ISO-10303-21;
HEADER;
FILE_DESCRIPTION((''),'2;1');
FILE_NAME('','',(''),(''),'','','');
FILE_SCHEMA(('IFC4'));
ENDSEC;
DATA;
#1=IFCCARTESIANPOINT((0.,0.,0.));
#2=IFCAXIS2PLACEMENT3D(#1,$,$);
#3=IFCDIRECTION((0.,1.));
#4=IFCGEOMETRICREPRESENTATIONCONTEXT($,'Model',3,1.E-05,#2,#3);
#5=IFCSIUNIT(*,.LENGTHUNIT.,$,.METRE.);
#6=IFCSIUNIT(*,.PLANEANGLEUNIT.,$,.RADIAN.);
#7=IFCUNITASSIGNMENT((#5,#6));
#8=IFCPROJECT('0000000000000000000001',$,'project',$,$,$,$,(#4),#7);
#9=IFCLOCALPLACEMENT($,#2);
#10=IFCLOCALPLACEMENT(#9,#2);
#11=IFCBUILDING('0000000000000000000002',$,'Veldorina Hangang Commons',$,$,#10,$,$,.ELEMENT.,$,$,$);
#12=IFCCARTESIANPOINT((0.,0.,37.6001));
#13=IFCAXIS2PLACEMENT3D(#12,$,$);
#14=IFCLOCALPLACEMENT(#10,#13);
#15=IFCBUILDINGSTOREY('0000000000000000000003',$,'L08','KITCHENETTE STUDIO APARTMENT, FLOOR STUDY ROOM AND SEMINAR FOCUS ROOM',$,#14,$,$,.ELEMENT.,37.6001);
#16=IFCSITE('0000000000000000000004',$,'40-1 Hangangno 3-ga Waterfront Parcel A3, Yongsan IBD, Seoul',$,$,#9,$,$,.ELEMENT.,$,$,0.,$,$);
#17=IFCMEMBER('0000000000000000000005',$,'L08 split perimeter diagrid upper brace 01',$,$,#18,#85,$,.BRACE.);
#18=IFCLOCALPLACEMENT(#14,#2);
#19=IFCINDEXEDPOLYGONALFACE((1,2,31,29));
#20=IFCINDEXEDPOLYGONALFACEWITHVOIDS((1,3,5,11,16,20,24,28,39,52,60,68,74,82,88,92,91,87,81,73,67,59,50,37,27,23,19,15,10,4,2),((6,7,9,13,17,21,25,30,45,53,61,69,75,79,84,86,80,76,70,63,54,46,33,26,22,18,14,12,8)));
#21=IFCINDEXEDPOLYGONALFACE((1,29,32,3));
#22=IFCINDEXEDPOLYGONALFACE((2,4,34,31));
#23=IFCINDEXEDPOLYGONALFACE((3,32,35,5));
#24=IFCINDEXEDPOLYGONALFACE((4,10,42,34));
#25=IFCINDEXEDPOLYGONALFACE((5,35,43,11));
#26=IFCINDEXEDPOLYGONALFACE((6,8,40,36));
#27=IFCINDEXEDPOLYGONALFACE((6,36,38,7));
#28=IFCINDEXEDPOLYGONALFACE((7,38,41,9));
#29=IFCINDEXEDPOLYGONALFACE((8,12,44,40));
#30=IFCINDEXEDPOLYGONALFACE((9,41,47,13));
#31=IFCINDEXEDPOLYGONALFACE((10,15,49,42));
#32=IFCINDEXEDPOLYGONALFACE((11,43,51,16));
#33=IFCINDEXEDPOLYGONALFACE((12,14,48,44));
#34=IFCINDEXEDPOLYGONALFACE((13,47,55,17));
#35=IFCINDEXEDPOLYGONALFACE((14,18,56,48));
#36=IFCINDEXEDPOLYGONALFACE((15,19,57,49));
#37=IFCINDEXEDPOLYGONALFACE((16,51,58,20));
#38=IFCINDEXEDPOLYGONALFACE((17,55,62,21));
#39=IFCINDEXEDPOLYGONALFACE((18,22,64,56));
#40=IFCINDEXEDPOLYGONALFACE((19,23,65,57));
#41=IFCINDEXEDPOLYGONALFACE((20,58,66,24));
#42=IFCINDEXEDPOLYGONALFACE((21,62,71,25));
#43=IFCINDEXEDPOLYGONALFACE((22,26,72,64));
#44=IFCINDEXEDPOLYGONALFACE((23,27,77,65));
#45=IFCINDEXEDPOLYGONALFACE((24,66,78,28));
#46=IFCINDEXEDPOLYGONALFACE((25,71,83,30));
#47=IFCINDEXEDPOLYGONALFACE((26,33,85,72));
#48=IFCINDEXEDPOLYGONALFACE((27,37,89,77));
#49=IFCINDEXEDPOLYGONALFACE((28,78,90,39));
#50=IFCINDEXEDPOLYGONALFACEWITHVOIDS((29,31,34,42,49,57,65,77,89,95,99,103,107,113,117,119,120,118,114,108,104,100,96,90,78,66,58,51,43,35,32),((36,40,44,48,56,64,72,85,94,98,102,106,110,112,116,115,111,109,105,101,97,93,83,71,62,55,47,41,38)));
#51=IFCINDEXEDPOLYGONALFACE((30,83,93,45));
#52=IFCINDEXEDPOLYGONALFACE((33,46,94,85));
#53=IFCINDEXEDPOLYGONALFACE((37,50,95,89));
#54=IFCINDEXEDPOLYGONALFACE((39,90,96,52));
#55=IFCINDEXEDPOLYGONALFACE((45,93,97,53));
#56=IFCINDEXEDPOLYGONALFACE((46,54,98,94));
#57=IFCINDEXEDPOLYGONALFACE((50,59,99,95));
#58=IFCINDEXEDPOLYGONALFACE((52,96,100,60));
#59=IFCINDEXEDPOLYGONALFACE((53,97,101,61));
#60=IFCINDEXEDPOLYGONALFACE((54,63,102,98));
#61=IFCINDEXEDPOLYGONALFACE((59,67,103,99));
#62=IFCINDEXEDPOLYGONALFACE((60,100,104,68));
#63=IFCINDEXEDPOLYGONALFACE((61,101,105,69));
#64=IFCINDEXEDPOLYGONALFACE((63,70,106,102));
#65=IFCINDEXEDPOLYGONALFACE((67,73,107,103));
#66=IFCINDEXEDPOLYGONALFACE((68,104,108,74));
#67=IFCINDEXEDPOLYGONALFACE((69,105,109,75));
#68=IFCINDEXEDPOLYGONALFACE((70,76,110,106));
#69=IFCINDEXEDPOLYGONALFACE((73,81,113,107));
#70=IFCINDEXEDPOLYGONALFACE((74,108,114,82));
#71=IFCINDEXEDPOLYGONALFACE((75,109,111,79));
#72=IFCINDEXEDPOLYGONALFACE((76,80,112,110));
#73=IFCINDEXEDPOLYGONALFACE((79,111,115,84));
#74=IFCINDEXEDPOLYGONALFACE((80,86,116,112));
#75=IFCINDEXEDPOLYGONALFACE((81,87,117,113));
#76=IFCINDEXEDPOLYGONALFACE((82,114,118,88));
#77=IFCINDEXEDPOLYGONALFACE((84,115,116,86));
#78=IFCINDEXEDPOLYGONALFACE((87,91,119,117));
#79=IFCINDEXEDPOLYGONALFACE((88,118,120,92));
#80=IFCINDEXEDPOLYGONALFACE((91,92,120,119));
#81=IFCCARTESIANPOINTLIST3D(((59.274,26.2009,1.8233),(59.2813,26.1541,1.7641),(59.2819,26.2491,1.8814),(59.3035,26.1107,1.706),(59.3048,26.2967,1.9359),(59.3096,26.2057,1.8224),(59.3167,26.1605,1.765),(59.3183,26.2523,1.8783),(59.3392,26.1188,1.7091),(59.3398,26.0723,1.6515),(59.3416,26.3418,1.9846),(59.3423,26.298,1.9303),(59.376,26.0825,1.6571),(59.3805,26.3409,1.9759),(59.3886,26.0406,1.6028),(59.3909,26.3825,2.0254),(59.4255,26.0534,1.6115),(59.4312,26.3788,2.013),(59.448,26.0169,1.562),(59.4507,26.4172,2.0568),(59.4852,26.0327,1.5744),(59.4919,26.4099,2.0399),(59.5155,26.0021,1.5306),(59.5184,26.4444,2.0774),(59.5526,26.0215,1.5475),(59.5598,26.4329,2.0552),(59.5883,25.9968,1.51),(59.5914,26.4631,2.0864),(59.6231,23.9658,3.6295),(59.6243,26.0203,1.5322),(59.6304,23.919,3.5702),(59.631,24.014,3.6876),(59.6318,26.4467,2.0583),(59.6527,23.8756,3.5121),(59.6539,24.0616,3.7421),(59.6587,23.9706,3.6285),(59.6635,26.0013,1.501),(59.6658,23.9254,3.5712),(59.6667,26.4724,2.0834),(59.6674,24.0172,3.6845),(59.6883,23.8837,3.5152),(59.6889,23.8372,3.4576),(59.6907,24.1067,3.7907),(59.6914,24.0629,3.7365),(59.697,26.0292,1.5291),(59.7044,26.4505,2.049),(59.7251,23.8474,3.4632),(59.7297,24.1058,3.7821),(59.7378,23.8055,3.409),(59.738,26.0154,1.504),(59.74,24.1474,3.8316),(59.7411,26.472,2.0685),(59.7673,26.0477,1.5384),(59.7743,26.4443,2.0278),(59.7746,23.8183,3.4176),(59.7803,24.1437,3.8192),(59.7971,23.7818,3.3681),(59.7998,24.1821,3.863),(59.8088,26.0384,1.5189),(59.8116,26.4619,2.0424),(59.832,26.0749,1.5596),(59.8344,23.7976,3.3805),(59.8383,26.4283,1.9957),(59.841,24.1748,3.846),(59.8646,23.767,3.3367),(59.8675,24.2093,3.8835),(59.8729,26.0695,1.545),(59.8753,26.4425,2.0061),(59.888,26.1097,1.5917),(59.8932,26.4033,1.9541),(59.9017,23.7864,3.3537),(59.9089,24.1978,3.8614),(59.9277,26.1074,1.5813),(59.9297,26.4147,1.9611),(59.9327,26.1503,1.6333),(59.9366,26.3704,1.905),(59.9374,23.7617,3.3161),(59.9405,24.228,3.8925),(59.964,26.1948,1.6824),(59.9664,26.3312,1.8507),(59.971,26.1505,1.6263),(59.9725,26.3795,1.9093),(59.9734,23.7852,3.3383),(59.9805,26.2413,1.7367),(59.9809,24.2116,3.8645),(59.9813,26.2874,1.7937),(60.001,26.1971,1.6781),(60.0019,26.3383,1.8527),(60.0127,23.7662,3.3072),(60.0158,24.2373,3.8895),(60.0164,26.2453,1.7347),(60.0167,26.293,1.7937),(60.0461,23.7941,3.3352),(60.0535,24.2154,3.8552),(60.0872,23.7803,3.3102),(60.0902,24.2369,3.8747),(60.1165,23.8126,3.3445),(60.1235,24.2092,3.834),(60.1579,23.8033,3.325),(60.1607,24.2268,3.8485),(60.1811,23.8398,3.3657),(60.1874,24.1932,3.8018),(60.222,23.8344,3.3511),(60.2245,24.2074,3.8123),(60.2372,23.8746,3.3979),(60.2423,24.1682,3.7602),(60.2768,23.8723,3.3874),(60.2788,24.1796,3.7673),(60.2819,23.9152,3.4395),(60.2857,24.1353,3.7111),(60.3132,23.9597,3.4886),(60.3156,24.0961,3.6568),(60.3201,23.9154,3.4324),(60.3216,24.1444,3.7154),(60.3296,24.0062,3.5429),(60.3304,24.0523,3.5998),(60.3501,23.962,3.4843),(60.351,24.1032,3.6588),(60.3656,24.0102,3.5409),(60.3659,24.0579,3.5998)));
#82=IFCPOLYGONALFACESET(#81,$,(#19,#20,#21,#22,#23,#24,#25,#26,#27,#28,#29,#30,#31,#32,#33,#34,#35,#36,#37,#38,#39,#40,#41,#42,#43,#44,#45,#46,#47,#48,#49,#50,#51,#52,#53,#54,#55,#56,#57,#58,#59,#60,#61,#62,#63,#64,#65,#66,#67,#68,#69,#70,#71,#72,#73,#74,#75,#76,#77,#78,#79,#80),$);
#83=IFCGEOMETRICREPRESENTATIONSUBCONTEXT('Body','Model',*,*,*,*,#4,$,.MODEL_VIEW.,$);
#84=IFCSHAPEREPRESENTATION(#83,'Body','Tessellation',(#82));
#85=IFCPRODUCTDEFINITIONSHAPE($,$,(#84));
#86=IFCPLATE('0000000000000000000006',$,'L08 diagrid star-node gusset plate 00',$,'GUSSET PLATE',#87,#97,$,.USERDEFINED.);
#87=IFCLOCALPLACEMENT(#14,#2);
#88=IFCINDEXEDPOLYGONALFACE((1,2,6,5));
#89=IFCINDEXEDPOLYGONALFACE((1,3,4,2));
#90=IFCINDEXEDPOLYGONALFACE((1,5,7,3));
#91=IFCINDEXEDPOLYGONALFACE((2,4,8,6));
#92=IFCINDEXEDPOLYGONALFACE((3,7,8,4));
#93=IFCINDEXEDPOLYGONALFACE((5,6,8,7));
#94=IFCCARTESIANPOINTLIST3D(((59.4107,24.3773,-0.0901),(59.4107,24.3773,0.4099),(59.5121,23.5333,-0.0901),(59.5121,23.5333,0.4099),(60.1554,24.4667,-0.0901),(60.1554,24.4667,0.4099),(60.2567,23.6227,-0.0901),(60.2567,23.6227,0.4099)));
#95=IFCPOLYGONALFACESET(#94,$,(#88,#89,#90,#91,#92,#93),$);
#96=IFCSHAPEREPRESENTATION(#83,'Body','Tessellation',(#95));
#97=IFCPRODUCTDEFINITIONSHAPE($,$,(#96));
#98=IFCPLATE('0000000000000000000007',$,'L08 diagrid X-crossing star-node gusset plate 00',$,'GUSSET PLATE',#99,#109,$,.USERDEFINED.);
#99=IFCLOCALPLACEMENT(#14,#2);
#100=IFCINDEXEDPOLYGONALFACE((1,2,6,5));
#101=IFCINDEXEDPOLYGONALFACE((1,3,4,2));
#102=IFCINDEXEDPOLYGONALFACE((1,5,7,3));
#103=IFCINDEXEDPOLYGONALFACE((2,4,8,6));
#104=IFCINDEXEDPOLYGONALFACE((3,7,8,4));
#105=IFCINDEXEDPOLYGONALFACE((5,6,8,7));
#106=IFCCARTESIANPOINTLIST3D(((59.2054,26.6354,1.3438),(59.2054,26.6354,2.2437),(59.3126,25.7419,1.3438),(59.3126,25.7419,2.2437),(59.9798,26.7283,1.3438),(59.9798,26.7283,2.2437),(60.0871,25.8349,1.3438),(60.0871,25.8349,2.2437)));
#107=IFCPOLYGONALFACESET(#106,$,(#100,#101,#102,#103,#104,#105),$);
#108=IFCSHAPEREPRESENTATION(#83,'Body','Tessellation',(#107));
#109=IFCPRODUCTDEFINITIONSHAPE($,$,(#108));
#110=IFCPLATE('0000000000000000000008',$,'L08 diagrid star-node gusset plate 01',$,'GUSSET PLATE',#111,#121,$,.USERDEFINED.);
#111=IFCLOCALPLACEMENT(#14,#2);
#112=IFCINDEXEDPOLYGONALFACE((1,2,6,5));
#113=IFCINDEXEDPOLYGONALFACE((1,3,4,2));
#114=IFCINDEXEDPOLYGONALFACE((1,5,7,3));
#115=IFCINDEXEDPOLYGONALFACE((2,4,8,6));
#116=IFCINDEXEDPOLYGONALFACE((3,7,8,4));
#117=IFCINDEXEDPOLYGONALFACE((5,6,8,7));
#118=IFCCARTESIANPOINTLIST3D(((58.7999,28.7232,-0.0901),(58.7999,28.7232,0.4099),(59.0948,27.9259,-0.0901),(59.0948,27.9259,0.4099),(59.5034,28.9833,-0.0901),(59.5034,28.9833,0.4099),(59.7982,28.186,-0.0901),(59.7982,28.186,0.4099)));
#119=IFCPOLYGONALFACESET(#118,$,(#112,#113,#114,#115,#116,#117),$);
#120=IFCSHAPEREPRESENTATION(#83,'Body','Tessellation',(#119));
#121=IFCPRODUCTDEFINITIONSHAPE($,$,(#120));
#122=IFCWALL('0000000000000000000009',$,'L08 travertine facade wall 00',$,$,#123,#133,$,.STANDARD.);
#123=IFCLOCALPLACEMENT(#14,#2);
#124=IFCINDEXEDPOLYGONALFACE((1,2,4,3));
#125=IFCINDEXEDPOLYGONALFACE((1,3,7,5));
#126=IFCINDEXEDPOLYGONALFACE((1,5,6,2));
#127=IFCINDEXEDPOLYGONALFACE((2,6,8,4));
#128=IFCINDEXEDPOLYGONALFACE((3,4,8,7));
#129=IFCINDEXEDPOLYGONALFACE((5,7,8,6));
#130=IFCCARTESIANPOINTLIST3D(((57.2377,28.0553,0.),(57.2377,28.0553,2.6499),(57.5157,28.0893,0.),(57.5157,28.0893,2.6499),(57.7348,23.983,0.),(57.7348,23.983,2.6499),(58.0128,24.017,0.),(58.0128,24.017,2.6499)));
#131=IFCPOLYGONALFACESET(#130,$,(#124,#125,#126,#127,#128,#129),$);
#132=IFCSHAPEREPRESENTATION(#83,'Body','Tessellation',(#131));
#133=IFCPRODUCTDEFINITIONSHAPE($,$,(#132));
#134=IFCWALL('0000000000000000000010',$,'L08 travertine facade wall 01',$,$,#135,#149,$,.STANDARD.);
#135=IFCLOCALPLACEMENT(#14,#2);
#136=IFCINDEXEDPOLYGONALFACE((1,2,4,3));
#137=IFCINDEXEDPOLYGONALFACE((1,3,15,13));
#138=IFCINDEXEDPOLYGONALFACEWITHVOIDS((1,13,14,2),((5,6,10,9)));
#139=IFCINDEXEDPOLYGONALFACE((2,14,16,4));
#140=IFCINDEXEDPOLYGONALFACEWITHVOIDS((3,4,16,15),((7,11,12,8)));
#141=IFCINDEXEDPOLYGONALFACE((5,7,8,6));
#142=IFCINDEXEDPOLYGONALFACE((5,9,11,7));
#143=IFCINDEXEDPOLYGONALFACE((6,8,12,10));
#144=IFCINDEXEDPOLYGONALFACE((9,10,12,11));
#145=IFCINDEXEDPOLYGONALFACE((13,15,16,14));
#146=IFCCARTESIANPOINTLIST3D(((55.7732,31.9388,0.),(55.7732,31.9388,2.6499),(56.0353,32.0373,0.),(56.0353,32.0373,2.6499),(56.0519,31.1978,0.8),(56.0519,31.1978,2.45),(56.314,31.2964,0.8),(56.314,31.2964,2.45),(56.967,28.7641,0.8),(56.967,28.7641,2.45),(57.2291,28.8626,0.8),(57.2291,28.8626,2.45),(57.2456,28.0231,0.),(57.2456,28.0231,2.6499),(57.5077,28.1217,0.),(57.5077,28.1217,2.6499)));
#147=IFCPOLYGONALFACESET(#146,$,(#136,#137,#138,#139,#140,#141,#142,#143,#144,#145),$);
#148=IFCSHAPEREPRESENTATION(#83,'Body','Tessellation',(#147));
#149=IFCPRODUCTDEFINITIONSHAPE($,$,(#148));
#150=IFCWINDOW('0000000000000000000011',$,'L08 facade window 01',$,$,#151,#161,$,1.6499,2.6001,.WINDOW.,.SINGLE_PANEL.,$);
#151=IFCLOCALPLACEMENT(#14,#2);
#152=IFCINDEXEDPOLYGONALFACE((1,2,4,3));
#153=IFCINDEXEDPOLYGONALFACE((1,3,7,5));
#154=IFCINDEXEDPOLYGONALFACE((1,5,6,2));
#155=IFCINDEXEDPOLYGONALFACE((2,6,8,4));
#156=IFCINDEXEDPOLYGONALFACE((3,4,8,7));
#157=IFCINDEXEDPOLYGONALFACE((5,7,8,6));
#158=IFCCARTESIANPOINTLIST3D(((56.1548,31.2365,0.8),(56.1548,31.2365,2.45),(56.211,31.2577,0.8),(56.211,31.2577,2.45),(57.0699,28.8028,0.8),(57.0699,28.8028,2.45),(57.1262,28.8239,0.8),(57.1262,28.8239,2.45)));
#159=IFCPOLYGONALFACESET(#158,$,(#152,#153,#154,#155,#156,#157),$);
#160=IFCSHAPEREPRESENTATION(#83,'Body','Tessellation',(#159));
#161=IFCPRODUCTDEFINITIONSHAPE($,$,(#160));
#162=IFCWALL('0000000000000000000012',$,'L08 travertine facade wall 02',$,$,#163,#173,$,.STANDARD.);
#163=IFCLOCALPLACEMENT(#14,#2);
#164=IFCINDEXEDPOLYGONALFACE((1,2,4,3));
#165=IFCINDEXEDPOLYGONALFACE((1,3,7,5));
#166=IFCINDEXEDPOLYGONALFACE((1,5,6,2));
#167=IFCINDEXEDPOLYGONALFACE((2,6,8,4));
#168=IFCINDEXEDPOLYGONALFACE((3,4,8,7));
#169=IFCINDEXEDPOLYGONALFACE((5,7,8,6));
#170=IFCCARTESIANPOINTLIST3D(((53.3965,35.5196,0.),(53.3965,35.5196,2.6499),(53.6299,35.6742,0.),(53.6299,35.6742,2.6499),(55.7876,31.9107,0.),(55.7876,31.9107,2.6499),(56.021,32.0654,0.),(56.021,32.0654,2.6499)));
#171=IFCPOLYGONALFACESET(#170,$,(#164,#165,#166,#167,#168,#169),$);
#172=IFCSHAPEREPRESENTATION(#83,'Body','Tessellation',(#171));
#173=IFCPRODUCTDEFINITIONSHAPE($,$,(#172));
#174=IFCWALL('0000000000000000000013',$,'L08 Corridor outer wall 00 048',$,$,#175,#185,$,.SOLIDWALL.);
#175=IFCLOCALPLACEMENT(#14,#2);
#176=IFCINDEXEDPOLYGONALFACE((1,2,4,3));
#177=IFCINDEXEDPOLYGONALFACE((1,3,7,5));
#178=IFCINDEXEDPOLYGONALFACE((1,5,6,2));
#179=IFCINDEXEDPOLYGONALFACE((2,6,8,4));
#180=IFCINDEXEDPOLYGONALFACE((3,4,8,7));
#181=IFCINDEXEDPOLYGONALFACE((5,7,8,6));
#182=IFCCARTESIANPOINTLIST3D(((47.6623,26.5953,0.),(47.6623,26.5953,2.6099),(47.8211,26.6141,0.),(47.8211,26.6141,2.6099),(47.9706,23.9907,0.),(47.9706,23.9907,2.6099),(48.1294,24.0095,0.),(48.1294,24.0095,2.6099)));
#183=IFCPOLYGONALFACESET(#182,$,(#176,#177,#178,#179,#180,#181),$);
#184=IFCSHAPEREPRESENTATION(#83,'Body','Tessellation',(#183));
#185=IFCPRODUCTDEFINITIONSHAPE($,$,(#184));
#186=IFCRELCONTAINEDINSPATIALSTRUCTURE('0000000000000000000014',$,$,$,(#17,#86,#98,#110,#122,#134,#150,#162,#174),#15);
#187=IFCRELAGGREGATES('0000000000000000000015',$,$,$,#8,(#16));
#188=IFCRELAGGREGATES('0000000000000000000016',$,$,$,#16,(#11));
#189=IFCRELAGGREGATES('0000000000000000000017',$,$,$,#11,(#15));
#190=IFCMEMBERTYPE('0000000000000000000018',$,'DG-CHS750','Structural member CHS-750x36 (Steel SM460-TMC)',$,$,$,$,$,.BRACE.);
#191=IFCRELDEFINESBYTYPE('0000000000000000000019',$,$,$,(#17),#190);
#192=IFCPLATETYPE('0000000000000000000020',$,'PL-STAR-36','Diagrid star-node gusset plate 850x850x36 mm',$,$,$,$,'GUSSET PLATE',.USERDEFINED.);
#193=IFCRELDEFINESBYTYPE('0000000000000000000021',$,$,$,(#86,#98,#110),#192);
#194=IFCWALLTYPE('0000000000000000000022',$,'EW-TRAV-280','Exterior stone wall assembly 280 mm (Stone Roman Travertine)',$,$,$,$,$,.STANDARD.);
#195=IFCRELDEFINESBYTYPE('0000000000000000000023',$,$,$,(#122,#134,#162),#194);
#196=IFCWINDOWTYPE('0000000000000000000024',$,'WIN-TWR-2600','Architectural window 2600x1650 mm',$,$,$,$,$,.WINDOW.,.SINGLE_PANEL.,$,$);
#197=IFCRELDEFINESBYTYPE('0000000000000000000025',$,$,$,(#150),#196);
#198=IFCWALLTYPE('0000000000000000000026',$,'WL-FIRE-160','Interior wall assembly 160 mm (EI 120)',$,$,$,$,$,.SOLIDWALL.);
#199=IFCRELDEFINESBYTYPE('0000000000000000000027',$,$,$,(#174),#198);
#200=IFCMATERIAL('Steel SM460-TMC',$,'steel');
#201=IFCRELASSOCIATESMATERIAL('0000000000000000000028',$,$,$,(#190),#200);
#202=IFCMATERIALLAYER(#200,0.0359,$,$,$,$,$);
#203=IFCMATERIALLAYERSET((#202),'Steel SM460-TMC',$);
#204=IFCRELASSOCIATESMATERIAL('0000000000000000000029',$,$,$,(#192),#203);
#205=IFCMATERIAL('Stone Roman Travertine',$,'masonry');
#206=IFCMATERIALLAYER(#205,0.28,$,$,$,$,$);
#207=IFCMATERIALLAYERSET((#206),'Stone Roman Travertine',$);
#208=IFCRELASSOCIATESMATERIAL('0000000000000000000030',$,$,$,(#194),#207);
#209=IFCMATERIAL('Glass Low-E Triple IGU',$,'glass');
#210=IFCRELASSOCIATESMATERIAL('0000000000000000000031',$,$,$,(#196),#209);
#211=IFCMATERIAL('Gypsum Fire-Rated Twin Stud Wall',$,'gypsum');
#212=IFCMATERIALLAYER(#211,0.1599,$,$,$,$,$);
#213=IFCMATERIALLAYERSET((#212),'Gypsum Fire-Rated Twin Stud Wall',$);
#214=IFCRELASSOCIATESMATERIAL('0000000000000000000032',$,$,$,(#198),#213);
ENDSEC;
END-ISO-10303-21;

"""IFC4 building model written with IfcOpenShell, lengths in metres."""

from ifc_helpers import new_model, si_unit, direction, frame, frame_2d, origin, origin_2d, place, context, subcontext, project, spatial, rectangle, hollow_circle, extrude, material, layer, layer_set, material_profile, profile_set, type_object, element, fill, save


model = new_model("IFC4")

# Units and contexts
model_context = context("Model", 3, precision=1e-05, world=origin(), true_north=direction((0.0, 1.0)))
body_context = subcontext(model_context, "Body", "Model", "MODEL_VIEW")
ifc_project = project(units=[si_unit("LENGTHUNIT", "METRE"), si_unit("PLANEANGLEUNIT", "RADIAN")], contexts=[model_context])

# Site, building, storey
site_placement = place(None, origin())
site = spatial("IfcSite", under=ifc_project, at=site_placement, Name="40-1 Hangangno 3-ga Waterfront Parcel A3, Yongsan IBD, Seoul", CompositionType="ELEMENT", RefElevation=0.0)
building_placement = place(site_placement, origin())
building = spatial("IfcBuilding", under=site, at=building_placement, Name="Veldorina Hangang Commons", CompositionType="ELEMENT")
storey_placement = place(building_placement, frame((0.0, 0.0, 37.6001)))
storey = spatial("IfcBuildingStorey", under=building, at=storey_placement, Name="L08", Description="KITCHENETTE STUDIO APARTMENT, FLOOR STUDY ROOM AND SEMINAR FOCUS ROOM", CompositionType="ELEMENT", Elevation=37.6001)

# Shared definitions
ifc_material_1 = material(Name="Steel SM460-TMC", Category="steel")

# Member
ifc_material_profile_1 = material_profile(ifc_material_1, hollow_circle(Radius=0.375, WallThickness=0.0359, at=origin_2d()), Name="CHS-750x36")
ifc_profile_set_1 = profile_set([ifc_material_profile_1], Name="Steel SM460-TMC")
member_type = type_object("IfcMemberType", Name="DG-CHS750", Description="Structural member CHS-750x36 (Steel SM460-TMC)", PredefinedType="BRACE", material=ifc_profile_set_1)
member_1_placement = place(storey_placement, frame((59.6462, 26.2351, 1.7937), z_axis=(0.120603, -0.772115, 0.623933), x_axis=(0.98802, 0.154327, 0.0)))
element("IfcMember", 1, at=member_1_placement, inside=storey, type_object=member_type, Name="L08 split perimeter diagrid upper brace 01", PredefinedType="BRACE", context=body_context, shape_type="SweptSolid", body=[
    extrude(hollow_circle(Radius=0.375, WallThickness=0.0359, at=origin_2d()), origin(), (0.0, 0.0, 1.0), 2.8948),
])

# Plates
ifc_layer_1 = layer(ifc_material_1, 0.0359)
ifc_layer_set_1 = layer_set([ifc_layer_1], Name="Steel SM460-TMC")
plate_type = type_object("IfcPlateType", Name="PL-STAR-36", Description="Diagrid star-node gusset plate 850x850x36 mm", ElementType="GUSSET PLATE", PredefinedType="USERDEFINED", material=ifc_layer_set_1)
plate_1_placement = place(storey_placement, frame((59.8337, 24.0, -0.0901), z_axis=(0.0, 0.0, 1.0), x_axis=(-0.119201, 0.99287, 0.0)))
element("IfcPlate", 2, at=plate_1_placement, inside=storey, type_object=plate_type, Name="L08 diagrid star-node gusset plate 00", ObjectType="GUSSET PLATE", PredefinedType="USERDEFINED", context=body_context, shape_type="SweptSolid", body=[
    extrude(rectangle(XDim=0.8501, YDim=0.75, at=origin_2d()), origin(), (0.0, 0.0, 1.0), 0.5),
])
plate_2_placement = place(storey_placement, frame((59.6462, 26.2351, 1.3438), z_axis=(0.0, 0.0, 1.0), x_axis=(-0.119201, 0.99287, 0.0)))
element("IfcPlate", 3, at=plate_2_placement, inside=storey, type_object=plate_type, Name="L08 diagrid X-crossing star-node gusset plate 00", ObjectType="GUSSET PLATE", PredefinedType="USERDEFINED", context=body_context, shape_type="SweptSolid", body=[
    extrude(rectangle(XDim=0.8999, YDim=0.78, at=origin_2d()), origin(), (0.0, 0.0, 1.0), 0.8999),
])
plate_3_placement = place(storey_placement, frame((59.2991, 28.4546, -0.0901), z_axis=(0.0, 0.0, 1.0), x_axis=(-0.346821, 0.937931, 0.0)))
element("IfcPlate", 4, at=plate_3_placement, inside=storey, type_object=plate_type, Name="L08 diagrid star-node gusset plate 01", ObjectType="GUSSET PLATE", PredefinedType="USERDEFINED", context=body_context, shape_type="SweptSolid", body=[
    extrude(rectangle(XDim=0.8501, YDim=0.75, at=origin_2d()), origin(), (0.0, 0.0, 1.0), 0.5),
])

# Wall
ifc_material_2 = material(Name="Stone Roman Travertine", Category="masonry")
ifc_layer_2 = layer(ifc_material_2, 0.28)
ifc_layer_set_2 = layer_set([ifc_layer_2], Name="Stone Roman Travertine")
wall_type_1 = type_object("IfcWallType", Name="EW-TRAV-280", Description="Exterior stone wall assembly 280 mm (Stone Roman Travertine)", PredefinedType="STANDARD", material=ifc_layer_set_2)
wall_1_placement = place(storey_placement, frame((57.8738, 24.0, 0.0), z_axis=(0.0, 0.0, 1.0), x_axis=(-0.121163, 0.992633, 0.0)))
element("IfcWall", 5, at=wall_1_placement, inside=storey, type_object=wall_type_1, Name="L08 travertine facade wall 00", PredefinedType="STANDARD", context=body_context, shape_type="SweptSolid", body=[
    extrude(rectangle(XDim=4.1025, YDim=0.28, at=frame_2d((2.0513, 0.0))), origin(), (0.0, 0.0, 1.0), 2.6499),
])

# Wall, opening, window
wall_2_placement = place(storey_placement, frame((57.3767, 28.0723, 0.0), z_axis=(0.0, 0.0, 1.0), x_axis=(-0.351961, 0.936015, 0.0)))
wall_2 = element("IfcWall", 6, at=wall_2_placement, inside=storey, type_object=wall_type_1, Name="L08 travertine facade wall 01", PredefinedType="STANDARD", context=body_context, shape_type="SweptSolid", body=[
    extrude(rectangle(XDim=4.1833, YDim=0.28, at=frame_2d((2.0918, 0.0))), origin(), (0.0, 0.0, 1.0), 2.6499),
])
opening_1_placement = place(wall_2_placement, frame((0.7917, 0.0, 0.8)))
opening_1 = element("IfcOpeningElement", 7, at=opening_1_placement, cuts=wall_2, PredefinedType="OPENING", context=body_context, shape_type="SweptSolid", body=[
    extrude(rectangle(XDim=2.6001, YDim=1.6499, at=frame_2d((1.3, 0.825))), frame((0.0, 0.1499, 0.0), z_axis=(0.0, -1.0, 0.0), x_axis=(1.0, 0.0, 0.0)), (0.0, 0.0, 1.0), 0.3),
])
ifc_material_3 = material(Name="Glass Low-E Triple IGU", Category="glass")
window_type = type_object("IfcWindowType", Name="WIN-TWR-2600", Description="Architectural window 2600x1650 mm", PartitioningType="SINGLE_PANEL", PredefinedType="WINDOW", material=ifc_material_3)
window_placement = place(opening_1_placement, origin())
window = element("IfcWindow", 8, at=window_placement, inside=storey, type_object=window_type, Name="L08 facade window 01", OverallHeight=1.6499, OverallWidth=2.6001, PartitioningType="SINGLE_PANEL", PredefinedType="WINDOW", context=body_context, shape_type="SweptSolid", body=[
    extrude(rectangle(XDim=2.6001, YDim=1.6499, at=frame_2d((1.3, 0.825))), frame((0.0, 0.03, 0.0), z_axis=(0.0, -1.0, 0.0), x_axis=(1.0, 0.0, 0.0)), (0.0, 0.0, 1.0), 0.0601),
])
fill(opening_1, window)

# Walls
wall_3_placement = place(storey_placement, frame((55.9043, 31.988, 0.0), z_axis=(0.0, 0.0, 1.0), x_axis=(-0.552329, 0.833626, 0.0)))
element("IfcWall", 9, at=wall_3_placement, inside=storey, type_object=wall_type_1, Name="L08 travertine facade wall 02", PredefinedType="STANDARD", context=body_context, shape_type="SweptSolid", body=[
    extrude(rectangle(XDim=4.3291, YDim=0.28, at=frame_2d((2.1646, 0.0))), origin(), (0.0, 0.0, 1.0), 2.6499),
])
ifc_material_4 = material(Name="Gypsum Fire-Rated Twin Stud Wall", Category="gypsum")
ifc_layer_3 = layer(ifc_material_4, 0.1599)
ifc_layer_set_3 = layer_set([ifc_layer_3], Name="Gypsum Fire-Rated Twin Stud Wall")
wall_type_2 = type_object("IfcWallType", Name="WL-FIRE-160", Description="Interior wall assembly 160 mm (EI 120)", PredefinedType="SOLIDWALL", material=ifc_layer_set_3)
wall_4_placement = place(storey_placement, frame((48.05, 24.0, 0.0), z_axis=(0.0, 0.0, 1.0), x_axis=(-0.11757, 0.993065, 0.0)))
element("IfcWall", 10, at=wall_4_placement, inside=storey, type_object=wall_type_2, Name="L08 Corridor outer wall 00 048", PredefinedType="SOLIDWALL", context=body_context, shape_type="SweptSolid", body=[
    extrude(rectangle(XDim=2.6228, YDim=0.1599, at=frame_2d((1.3115, 0.0))), origin(), (0.0, 0.0, 1.0), 2.6099),
])

save(model, "model.ifc")
